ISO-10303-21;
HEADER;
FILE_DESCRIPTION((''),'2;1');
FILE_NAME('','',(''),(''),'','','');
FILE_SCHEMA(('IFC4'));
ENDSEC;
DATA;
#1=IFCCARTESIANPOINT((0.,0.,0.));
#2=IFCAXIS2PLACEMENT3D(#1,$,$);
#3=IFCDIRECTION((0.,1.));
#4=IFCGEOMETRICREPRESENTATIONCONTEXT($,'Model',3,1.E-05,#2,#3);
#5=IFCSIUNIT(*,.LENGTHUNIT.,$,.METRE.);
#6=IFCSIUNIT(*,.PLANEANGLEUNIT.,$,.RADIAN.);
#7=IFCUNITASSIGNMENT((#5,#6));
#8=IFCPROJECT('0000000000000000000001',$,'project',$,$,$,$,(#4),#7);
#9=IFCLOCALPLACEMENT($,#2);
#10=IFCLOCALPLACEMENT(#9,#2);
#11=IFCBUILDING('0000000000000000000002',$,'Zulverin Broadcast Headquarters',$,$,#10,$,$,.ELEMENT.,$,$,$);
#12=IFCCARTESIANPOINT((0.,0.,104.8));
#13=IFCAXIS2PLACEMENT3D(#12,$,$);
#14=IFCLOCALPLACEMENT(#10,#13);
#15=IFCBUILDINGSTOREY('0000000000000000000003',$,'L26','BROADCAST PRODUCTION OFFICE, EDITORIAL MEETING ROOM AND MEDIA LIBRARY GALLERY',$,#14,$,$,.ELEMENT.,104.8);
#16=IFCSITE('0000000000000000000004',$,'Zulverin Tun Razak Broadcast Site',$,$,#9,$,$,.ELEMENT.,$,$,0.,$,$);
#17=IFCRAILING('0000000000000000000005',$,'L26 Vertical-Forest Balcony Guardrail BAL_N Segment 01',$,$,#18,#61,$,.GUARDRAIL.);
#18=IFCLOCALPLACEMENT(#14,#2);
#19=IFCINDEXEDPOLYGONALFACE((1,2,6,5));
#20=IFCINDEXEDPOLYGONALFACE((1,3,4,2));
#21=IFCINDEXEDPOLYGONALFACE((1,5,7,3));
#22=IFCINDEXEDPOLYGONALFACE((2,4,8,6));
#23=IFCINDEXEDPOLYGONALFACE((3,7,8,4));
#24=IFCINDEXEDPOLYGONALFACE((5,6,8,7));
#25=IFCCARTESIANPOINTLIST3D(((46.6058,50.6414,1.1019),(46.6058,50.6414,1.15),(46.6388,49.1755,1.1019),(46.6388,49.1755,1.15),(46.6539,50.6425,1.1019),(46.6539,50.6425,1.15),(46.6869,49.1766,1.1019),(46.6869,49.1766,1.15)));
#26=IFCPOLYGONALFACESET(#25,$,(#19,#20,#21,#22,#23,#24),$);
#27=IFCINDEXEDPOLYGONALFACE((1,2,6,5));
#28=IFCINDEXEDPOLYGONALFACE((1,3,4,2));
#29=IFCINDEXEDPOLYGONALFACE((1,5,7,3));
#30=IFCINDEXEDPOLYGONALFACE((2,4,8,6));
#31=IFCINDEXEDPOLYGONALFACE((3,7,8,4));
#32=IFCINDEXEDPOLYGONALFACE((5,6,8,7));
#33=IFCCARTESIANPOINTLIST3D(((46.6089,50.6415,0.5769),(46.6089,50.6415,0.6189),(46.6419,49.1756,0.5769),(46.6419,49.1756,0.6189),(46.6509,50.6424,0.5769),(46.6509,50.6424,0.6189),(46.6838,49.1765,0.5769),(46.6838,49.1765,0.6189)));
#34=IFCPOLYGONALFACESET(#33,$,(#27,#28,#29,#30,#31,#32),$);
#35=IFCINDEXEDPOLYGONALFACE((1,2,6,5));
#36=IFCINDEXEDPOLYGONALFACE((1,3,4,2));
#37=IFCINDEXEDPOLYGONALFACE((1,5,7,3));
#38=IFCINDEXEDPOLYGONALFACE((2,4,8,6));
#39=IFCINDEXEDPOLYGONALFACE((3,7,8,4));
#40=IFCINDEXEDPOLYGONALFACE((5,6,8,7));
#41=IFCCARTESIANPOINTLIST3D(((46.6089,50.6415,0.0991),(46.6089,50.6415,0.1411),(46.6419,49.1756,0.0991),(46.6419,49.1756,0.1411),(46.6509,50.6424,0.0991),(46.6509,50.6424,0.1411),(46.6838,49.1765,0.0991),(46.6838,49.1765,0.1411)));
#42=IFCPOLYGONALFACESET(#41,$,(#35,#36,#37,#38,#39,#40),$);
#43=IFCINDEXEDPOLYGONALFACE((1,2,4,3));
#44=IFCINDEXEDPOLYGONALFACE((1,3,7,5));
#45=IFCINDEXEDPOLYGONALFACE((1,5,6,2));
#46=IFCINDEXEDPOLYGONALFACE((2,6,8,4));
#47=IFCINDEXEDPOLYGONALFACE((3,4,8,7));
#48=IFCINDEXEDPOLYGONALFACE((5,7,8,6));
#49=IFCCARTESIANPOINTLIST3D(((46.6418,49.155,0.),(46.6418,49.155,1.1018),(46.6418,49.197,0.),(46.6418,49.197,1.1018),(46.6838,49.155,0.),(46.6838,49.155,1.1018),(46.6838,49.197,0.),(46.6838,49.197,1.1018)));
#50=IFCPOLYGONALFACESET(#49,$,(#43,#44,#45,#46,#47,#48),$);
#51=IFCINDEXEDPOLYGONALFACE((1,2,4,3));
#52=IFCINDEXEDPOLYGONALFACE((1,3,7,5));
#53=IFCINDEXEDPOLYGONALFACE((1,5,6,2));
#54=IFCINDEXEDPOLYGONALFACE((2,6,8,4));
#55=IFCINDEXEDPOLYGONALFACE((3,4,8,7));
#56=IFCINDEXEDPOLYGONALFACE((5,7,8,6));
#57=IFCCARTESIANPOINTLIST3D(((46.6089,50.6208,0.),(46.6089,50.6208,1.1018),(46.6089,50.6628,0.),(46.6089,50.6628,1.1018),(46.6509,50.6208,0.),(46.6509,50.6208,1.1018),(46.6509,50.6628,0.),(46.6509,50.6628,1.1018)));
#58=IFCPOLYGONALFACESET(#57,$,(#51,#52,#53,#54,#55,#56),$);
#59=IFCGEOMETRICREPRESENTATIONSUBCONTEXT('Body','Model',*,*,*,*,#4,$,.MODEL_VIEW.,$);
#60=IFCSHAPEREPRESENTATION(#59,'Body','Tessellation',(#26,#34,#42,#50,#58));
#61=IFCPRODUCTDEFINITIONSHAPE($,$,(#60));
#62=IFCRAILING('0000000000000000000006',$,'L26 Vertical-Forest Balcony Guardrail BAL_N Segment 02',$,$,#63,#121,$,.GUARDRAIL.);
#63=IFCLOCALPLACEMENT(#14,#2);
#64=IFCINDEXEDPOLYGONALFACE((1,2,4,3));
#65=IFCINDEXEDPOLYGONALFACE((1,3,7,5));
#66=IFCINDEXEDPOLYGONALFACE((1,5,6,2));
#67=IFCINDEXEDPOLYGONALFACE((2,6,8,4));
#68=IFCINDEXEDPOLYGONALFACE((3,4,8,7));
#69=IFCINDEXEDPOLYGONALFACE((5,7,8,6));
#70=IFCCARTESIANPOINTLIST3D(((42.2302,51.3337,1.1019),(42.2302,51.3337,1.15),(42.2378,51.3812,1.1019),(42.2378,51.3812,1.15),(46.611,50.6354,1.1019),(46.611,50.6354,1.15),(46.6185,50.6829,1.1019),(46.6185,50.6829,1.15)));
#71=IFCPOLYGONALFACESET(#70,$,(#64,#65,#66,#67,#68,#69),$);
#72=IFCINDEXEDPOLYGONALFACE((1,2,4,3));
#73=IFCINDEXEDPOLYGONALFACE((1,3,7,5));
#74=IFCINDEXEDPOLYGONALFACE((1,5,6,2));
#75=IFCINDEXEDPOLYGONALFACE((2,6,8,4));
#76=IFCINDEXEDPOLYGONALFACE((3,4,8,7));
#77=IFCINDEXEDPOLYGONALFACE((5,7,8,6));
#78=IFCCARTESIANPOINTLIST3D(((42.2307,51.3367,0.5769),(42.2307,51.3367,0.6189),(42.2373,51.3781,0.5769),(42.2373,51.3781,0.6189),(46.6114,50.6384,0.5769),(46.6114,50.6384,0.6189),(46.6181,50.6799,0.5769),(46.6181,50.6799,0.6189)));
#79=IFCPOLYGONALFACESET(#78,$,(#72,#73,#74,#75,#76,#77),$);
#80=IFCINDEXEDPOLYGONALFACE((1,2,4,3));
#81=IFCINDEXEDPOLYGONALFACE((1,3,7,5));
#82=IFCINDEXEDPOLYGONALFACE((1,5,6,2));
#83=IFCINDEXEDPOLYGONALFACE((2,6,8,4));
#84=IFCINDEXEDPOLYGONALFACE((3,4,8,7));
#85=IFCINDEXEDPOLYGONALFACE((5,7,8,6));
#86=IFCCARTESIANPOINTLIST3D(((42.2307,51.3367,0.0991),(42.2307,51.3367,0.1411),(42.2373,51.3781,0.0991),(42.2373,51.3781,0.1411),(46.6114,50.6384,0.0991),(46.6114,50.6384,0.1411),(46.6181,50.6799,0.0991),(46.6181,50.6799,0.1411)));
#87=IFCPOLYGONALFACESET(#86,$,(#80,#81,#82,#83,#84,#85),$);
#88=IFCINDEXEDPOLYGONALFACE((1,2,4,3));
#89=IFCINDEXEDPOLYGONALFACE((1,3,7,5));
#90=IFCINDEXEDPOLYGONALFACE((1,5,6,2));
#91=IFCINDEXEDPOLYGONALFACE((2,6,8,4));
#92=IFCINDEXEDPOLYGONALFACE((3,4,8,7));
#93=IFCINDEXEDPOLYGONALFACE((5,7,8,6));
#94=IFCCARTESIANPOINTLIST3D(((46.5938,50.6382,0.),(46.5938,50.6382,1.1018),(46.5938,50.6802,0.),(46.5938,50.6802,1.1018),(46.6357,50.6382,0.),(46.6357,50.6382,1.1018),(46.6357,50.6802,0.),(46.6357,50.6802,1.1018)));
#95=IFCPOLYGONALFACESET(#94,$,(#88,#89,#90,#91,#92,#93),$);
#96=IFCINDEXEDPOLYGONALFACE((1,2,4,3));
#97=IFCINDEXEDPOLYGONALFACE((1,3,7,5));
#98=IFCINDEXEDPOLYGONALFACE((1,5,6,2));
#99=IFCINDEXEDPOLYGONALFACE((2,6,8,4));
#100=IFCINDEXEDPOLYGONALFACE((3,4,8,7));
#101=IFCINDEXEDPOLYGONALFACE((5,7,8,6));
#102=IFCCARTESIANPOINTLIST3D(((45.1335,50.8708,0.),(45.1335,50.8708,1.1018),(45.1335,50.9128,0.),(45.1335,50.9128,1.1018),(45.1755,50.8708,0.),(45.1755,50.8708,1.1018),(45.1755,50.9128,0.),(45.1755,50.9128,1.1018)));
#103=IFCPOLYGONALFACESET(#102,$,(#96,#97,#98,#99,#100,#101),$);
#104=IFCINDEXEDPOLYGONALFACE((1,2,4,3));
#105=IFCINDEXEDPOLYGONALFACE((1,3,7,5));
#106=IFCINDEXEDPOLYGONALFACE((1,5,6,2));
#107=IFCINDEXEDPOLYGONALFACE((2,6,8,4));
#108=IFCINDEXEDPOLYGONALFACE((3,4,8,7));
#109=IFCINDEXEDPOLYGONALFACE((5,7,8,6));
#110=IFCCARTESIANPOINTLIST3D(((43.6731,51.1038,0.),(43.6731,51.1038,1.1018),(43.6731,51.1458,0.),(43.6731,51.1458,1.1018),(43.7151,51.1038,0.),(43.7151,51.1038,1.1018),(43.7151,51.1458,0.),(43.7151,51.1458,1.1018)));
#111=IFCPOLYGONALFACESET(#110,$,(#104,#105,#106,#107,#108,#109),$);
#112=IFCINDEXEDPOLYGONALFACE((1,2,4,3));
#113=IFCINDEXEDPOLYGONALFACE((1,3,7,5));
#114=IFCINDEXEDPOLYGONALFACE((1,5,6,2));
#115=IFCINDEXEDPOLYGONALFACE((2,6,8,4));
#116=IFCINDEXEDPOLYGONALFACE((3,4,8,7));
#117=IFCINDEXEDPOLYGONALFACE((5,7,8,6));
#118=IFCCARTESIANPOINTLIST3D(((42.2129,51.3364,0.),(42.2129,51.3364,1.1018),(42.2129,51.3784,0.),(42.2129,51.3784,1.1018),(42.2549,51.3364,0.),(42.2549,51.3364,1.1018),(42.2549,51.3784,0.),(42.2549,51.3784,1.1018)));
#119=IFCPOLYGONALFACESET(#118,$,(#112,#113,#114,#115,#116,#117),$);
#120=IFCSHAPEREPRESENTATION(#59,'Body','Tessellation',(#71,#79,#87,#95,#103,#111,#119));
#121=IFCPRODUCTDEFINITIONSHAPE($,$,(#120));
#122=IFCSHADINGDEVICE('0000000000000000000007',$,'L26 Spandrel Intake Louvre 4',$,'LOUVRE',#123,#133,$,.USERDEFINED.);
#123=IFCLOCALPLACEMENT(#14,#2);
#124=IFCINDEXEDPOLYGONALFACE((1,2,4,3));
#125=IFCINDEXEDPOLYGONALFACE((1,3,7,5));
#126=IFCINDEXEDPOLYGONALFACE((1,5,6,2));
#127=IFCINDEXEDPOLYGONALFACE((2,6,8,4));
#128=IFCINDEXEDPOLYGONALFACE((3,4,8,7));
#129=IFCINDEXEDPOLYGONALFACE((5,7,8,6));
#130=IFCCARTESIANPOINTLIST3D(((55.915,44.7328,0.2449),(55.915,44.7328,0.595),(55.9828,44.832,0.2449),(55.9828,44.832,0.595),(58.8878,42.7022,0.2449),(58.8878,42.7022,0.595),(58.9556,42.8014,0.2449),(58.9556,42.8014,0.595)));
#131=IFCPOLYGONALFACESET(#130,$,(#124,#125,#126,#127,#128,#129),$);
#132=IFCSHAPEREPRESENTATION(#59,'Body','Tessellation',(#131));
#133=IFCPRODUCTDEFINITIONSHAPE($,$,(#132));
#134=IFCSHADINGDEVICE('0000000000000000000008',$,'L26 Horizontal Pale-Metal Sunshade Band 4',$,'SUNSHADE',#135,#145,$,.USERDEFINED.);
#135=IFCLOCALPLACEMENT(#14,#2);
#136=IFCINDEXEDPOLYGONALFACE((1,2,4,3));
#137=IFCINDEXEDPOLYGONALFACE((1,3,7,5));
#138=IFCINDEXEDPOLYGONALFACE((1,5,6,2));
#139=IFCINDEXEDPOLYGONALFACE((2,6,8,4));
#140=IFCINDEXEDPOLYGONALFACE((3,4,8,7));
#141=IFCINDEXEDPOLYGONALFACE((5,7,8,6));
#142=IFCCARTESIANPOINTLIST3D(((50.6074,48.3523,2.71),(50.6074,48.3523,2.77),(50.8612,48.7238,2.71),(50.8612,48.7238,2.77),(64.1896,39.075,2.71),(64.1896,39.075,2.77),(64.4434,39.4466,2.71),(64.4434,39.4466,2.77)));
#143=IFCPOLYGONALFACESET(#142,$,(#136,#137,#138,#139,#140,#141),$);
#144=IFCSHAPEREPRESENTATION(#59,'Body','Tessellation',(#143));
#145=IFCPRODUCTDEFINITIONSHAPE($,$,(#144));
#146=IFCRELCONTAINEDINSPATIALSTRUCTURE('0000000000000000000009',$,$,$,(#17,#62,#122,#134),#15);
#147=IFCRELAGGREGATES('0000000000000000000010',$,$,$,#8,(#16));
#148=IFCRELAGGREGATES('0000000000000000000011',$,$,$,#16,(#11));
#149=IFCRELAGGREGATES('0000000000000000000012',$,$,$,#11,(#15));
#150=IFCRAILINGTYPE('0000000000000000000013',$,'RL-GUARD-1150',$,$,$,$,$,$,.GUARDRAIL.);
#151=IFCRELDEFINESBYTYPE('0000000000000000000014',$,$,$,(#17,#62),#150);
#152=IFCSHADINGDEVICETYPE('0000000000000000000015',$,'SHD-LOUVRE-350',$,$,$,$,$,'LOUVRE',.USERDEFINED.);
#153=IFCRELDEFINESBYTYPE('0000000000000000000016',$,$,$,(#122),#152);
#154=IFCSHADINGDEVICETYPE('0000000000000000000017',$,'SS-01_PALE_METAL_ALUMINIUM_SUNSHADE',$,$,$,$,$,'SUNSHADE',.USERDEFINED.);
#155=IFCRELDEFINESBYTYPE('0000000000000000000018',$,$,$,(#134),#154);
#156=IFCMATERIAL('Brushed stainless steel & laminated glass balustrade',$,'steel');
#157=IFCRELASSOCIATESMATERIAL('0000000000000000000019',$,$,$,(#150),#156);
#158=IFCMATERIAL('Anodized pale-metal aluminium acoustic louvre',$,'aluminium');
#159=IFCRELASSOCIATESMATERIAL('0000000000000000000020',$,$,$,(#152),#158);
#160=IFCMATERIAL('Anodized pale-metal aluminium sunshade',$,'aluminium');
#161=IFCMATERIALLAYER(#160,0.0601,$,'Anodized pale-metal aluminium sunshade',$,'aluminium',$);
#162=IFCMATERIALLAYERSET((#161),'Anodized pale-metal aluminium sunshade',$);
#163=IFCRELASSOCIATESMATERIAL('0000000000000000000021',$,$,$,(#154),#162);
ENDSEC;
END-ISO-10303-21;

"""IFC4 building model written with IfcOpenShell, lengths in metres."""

from ifc_helpers import new_model, si_unit, direction, frame, origin, origin_2d, place, context, subcontext, project, spatial, rectangle, extrude, material, layer, layer_set, type_object, element, save


model = new_model("IFC4")

# Units and contexts
model_context = context("Model", 3, precision=1e-05, world=origin(), true_north=direction((0.0, 1.0)))
body_context = subcontext(model_context, "Body", "Model", "MODEL_VIEW")
ifc_project = project(units=[si_unit("LENGTHUNIT", "METRE"), si_unit("PLANEANGLEUNIT", "RADIAN")], contexts=[model_context])

# Site, building, storey
site_placement = place(None, origin())
site = spatial("IfcSite", under=ifc_project, at=site_placement, Name="Zulverin Tun Razak Broadcast Site", CompositionType="ELEMENT", RefElevation=0.0)
building_placement = place(site_placement, origin())
building = spatial("IfcBuilding", under=site, at=building_placement, Name="Zulverin Broadcast Headquarters", CompositionType="ELEMENT")
storey_placement = place(building_placement, frame((0.0, 0.0, 104.8)))
storey = spatial("IfcBuildingStorey", under=building, at=storey_placement, Name="L26", Description="BROADCAST PRODUCTION OFFICE, EDITORIAL MEETING ROOM AND MEDIA LIBRARY GALLERY", CompositionType="ELEMENT", Elevation=104.8)

# Railings
ifc_material_1 = material(Name="Brushed stainless steel & laminated glass balustrade", Category="steel")
railing_type = type_object("IfcRailingType", Name="RL-GUARD-1150", PredefinedType="GUARDRAIL", material=ifc_material_1)
railing_1_placement = place(storey_placement, frame((46.6628, 49.176, 0.0)))
element("IfcRailing", 1, at=railing_1_placement, inside=storey, type_object=railing_type, Name="L26 Vertical-Forest Balcony Guardrail BAL_N Segment 01", PredefinedType="GUARDRAIL", context=body_context, shape_type="SweptSolid", body=[
    extrude(rectangle(XDim=0.0481, YDim=0.0481, at=origin_2d()), frame((0.0, 0.0, 1.126), z_axis=(-0.022479, 0.999747, 0.0), x_axis=(-0.999747, -0.022479, 0.0)), (0.0, 0.0, 1.0), 1.4663),
    extrude(rectangle(XDim=0.042, YDim=0.042, at=origin_2d()), frame((0.0, 0.0, 0.5979), z_axis=(-0.022479, 0.999747, 0.0), x_axis=(-0.999747, -0.022479, 0.0)), (0.0, 0.0, 1.0), 1.4663),
    extrude(rectangle(XDim=0.042, YDim=0.042, at=origin_2d()), frame((0.0, 0.0, 0.1201), z_axis=(-0.022479, 0.999747, 0.0), x_axis=(-0.999747, -0.022479, 0.0)), (0.0, 0.0, 1.0), 1.4663),
    extrude(rectangle(XDim=0.042, YDim=0.042, at=origin_2d()), origin(), (0.0, 0.0, 1.0), 1.1018),
    extrude(rectangle(XDim=0.042, YDim=0.042, at=origin_2d()), frame((-0.033, 1.4658, 0.0)), (0.0, 0.0, 1.0), 1.1018),
])
railing_2_placement = place(storey_placement, frame((46.6147, 50.6592, 0.0)))
element("IfcRailing", 2, at=railing_2_placement, inside=storey, type_object=railing_type, Name="L26 Vertical-Forest Balcony Guardrail BAL_N Segment 02", PredefinedType="GUARDRAIL", context=body_context, shape_type="SweptSolid", body=[
    extrude(rectangle(XDim=0.0481, YDim=0.0481, at=origin_2d()), frame((0.0, 0.0, 1.126), z_axis=(-0.987535, 0.157398, 0.0), x_axis=(-0.157398, -0.987535, 0.0)), (0.0, 0.0, 1.0), 4.436),
    extrude(rectangle(XDim=0.042, YDim=0.042, at=origin_2d()), frame((0.0, 0.0, 0.5979), z_axis=(-0.987535, 0.157398, 0.0), x_axis=(-0.157398, -0.987535, 0.0)), (0.0, 0.0, 1.0), 4.436),
    extrude(rectangle(XDim=0.042, YDim=0.042, at=origin_2d()), frame((0.0, 0.0, 0.1201), z_axis=(-0.987535, 0.157398, 0.0), x_axis=(-0.157398, -0.987535, 0.0)), (0.0, 0.0, 1.0), 4.436),
    extrude(rectangle(XDim=0.042, YDim=0.042, at=origin_2d()), origin(), (0.0, 0.0, 1.0), 1.1018),
    extrude(rectangle(XDim=0.042, YDim=0.042, at=origin_2d()), frame((-1.4602, 0.2327, 0.0)), (0.0, 0.0, 1.0), 1.1018),
    extrude(rectangle(XDim=0.042, YDim=0.042, at=origin_2d()), frame((-2.9207, 0.4656, 0.0)), (0.0, 0.0, 1.0), 1.1018),
    extrude(rectangle(XDim=0.042, YDim=0.042, at=origin_2d()), frame((-4.3809, 0.6982, 0.0)), (0.0, 0.0, 1.0), 1.1018),
])

# Shading devices
ifc_material_2 = material(Name="Anodized pale-metal aluminium acoustic louvre", Category="aluminium")
shading_device_type_1 = type_object("IfcShadingDeviceType", Name="SHD-LOUVRE-350", ElementType="LOUVRE", PredefinedType="USERDEFINED", material=ifc_material_2)
shading_device_1_placement = place(storey_placement, frame((57.4353, 43.7671, 0.2449), z_axis=(0.0, 0.0, 1.0), x_axis=(-0.825757, 0.564026, 0.0)))
element("IfcShadingDevice", 3, at=shading_device_1_placement, inside=storey, type_object=shading_device_type_1, Name="L26 Spandrel Intake Louvre 4", ObjectType="LOUVRE", PredefinedType="USERDEFINED", context=body_context, shape_type="SweptSolid", body=[
    extrude(rectangle(XDim=3.6001, YDim=0.1201, at=origin_2d()), origin(), (0.0, 0.0, 1.0), 0.3501),
])
ifc_material_3 = material(Name="Anodized pale-metal aluminium sunshade", Category="aluminium")
ifc_layer_1 = layer(ifc_material_3, 0.0601, Name="Anodized pale-metal aluminium sunshade", Category="aluminium")
ifc_layer_set_1 = layer_set([ifc_layer_1], Name="Anodized pale-metal aluminium sunshade")
shading_device_type_2 = type_object("IfcShadingDeviceType", Name="SS-01_PALE_METAL_ALUMINIUM_SUNSHADE", ElementType="SUNSHADE", PredefinedType="USERDEFINED", material=ifc_layer_set_1)
shading_device_2_placement = place(storey_placement, frame((57.5254, 43.8994, 2.71), z_axis=(0.0, 0.0, 1.0), x_axis=(-0.825757, 0.564026, 0.0)))
element("IfcShadingDevice", 4, at=shading_device_2_placement, inside=storey, type_object=shading_device_type_2, Name="L26 Horizontal Pale-Metal Sunshade Band 4", ObjectType="SUNSHADE", PredefinedType="USERDEFINED", context=body_context, shape_type="SweptSolid", body=[
    extrude(rectangle(XDim=16.4482, YDim=0.45, at=origin_2d()), origin(), (0.0, 0.0, 1.0), 0.0601),
])

save(model, "model.ifc")
